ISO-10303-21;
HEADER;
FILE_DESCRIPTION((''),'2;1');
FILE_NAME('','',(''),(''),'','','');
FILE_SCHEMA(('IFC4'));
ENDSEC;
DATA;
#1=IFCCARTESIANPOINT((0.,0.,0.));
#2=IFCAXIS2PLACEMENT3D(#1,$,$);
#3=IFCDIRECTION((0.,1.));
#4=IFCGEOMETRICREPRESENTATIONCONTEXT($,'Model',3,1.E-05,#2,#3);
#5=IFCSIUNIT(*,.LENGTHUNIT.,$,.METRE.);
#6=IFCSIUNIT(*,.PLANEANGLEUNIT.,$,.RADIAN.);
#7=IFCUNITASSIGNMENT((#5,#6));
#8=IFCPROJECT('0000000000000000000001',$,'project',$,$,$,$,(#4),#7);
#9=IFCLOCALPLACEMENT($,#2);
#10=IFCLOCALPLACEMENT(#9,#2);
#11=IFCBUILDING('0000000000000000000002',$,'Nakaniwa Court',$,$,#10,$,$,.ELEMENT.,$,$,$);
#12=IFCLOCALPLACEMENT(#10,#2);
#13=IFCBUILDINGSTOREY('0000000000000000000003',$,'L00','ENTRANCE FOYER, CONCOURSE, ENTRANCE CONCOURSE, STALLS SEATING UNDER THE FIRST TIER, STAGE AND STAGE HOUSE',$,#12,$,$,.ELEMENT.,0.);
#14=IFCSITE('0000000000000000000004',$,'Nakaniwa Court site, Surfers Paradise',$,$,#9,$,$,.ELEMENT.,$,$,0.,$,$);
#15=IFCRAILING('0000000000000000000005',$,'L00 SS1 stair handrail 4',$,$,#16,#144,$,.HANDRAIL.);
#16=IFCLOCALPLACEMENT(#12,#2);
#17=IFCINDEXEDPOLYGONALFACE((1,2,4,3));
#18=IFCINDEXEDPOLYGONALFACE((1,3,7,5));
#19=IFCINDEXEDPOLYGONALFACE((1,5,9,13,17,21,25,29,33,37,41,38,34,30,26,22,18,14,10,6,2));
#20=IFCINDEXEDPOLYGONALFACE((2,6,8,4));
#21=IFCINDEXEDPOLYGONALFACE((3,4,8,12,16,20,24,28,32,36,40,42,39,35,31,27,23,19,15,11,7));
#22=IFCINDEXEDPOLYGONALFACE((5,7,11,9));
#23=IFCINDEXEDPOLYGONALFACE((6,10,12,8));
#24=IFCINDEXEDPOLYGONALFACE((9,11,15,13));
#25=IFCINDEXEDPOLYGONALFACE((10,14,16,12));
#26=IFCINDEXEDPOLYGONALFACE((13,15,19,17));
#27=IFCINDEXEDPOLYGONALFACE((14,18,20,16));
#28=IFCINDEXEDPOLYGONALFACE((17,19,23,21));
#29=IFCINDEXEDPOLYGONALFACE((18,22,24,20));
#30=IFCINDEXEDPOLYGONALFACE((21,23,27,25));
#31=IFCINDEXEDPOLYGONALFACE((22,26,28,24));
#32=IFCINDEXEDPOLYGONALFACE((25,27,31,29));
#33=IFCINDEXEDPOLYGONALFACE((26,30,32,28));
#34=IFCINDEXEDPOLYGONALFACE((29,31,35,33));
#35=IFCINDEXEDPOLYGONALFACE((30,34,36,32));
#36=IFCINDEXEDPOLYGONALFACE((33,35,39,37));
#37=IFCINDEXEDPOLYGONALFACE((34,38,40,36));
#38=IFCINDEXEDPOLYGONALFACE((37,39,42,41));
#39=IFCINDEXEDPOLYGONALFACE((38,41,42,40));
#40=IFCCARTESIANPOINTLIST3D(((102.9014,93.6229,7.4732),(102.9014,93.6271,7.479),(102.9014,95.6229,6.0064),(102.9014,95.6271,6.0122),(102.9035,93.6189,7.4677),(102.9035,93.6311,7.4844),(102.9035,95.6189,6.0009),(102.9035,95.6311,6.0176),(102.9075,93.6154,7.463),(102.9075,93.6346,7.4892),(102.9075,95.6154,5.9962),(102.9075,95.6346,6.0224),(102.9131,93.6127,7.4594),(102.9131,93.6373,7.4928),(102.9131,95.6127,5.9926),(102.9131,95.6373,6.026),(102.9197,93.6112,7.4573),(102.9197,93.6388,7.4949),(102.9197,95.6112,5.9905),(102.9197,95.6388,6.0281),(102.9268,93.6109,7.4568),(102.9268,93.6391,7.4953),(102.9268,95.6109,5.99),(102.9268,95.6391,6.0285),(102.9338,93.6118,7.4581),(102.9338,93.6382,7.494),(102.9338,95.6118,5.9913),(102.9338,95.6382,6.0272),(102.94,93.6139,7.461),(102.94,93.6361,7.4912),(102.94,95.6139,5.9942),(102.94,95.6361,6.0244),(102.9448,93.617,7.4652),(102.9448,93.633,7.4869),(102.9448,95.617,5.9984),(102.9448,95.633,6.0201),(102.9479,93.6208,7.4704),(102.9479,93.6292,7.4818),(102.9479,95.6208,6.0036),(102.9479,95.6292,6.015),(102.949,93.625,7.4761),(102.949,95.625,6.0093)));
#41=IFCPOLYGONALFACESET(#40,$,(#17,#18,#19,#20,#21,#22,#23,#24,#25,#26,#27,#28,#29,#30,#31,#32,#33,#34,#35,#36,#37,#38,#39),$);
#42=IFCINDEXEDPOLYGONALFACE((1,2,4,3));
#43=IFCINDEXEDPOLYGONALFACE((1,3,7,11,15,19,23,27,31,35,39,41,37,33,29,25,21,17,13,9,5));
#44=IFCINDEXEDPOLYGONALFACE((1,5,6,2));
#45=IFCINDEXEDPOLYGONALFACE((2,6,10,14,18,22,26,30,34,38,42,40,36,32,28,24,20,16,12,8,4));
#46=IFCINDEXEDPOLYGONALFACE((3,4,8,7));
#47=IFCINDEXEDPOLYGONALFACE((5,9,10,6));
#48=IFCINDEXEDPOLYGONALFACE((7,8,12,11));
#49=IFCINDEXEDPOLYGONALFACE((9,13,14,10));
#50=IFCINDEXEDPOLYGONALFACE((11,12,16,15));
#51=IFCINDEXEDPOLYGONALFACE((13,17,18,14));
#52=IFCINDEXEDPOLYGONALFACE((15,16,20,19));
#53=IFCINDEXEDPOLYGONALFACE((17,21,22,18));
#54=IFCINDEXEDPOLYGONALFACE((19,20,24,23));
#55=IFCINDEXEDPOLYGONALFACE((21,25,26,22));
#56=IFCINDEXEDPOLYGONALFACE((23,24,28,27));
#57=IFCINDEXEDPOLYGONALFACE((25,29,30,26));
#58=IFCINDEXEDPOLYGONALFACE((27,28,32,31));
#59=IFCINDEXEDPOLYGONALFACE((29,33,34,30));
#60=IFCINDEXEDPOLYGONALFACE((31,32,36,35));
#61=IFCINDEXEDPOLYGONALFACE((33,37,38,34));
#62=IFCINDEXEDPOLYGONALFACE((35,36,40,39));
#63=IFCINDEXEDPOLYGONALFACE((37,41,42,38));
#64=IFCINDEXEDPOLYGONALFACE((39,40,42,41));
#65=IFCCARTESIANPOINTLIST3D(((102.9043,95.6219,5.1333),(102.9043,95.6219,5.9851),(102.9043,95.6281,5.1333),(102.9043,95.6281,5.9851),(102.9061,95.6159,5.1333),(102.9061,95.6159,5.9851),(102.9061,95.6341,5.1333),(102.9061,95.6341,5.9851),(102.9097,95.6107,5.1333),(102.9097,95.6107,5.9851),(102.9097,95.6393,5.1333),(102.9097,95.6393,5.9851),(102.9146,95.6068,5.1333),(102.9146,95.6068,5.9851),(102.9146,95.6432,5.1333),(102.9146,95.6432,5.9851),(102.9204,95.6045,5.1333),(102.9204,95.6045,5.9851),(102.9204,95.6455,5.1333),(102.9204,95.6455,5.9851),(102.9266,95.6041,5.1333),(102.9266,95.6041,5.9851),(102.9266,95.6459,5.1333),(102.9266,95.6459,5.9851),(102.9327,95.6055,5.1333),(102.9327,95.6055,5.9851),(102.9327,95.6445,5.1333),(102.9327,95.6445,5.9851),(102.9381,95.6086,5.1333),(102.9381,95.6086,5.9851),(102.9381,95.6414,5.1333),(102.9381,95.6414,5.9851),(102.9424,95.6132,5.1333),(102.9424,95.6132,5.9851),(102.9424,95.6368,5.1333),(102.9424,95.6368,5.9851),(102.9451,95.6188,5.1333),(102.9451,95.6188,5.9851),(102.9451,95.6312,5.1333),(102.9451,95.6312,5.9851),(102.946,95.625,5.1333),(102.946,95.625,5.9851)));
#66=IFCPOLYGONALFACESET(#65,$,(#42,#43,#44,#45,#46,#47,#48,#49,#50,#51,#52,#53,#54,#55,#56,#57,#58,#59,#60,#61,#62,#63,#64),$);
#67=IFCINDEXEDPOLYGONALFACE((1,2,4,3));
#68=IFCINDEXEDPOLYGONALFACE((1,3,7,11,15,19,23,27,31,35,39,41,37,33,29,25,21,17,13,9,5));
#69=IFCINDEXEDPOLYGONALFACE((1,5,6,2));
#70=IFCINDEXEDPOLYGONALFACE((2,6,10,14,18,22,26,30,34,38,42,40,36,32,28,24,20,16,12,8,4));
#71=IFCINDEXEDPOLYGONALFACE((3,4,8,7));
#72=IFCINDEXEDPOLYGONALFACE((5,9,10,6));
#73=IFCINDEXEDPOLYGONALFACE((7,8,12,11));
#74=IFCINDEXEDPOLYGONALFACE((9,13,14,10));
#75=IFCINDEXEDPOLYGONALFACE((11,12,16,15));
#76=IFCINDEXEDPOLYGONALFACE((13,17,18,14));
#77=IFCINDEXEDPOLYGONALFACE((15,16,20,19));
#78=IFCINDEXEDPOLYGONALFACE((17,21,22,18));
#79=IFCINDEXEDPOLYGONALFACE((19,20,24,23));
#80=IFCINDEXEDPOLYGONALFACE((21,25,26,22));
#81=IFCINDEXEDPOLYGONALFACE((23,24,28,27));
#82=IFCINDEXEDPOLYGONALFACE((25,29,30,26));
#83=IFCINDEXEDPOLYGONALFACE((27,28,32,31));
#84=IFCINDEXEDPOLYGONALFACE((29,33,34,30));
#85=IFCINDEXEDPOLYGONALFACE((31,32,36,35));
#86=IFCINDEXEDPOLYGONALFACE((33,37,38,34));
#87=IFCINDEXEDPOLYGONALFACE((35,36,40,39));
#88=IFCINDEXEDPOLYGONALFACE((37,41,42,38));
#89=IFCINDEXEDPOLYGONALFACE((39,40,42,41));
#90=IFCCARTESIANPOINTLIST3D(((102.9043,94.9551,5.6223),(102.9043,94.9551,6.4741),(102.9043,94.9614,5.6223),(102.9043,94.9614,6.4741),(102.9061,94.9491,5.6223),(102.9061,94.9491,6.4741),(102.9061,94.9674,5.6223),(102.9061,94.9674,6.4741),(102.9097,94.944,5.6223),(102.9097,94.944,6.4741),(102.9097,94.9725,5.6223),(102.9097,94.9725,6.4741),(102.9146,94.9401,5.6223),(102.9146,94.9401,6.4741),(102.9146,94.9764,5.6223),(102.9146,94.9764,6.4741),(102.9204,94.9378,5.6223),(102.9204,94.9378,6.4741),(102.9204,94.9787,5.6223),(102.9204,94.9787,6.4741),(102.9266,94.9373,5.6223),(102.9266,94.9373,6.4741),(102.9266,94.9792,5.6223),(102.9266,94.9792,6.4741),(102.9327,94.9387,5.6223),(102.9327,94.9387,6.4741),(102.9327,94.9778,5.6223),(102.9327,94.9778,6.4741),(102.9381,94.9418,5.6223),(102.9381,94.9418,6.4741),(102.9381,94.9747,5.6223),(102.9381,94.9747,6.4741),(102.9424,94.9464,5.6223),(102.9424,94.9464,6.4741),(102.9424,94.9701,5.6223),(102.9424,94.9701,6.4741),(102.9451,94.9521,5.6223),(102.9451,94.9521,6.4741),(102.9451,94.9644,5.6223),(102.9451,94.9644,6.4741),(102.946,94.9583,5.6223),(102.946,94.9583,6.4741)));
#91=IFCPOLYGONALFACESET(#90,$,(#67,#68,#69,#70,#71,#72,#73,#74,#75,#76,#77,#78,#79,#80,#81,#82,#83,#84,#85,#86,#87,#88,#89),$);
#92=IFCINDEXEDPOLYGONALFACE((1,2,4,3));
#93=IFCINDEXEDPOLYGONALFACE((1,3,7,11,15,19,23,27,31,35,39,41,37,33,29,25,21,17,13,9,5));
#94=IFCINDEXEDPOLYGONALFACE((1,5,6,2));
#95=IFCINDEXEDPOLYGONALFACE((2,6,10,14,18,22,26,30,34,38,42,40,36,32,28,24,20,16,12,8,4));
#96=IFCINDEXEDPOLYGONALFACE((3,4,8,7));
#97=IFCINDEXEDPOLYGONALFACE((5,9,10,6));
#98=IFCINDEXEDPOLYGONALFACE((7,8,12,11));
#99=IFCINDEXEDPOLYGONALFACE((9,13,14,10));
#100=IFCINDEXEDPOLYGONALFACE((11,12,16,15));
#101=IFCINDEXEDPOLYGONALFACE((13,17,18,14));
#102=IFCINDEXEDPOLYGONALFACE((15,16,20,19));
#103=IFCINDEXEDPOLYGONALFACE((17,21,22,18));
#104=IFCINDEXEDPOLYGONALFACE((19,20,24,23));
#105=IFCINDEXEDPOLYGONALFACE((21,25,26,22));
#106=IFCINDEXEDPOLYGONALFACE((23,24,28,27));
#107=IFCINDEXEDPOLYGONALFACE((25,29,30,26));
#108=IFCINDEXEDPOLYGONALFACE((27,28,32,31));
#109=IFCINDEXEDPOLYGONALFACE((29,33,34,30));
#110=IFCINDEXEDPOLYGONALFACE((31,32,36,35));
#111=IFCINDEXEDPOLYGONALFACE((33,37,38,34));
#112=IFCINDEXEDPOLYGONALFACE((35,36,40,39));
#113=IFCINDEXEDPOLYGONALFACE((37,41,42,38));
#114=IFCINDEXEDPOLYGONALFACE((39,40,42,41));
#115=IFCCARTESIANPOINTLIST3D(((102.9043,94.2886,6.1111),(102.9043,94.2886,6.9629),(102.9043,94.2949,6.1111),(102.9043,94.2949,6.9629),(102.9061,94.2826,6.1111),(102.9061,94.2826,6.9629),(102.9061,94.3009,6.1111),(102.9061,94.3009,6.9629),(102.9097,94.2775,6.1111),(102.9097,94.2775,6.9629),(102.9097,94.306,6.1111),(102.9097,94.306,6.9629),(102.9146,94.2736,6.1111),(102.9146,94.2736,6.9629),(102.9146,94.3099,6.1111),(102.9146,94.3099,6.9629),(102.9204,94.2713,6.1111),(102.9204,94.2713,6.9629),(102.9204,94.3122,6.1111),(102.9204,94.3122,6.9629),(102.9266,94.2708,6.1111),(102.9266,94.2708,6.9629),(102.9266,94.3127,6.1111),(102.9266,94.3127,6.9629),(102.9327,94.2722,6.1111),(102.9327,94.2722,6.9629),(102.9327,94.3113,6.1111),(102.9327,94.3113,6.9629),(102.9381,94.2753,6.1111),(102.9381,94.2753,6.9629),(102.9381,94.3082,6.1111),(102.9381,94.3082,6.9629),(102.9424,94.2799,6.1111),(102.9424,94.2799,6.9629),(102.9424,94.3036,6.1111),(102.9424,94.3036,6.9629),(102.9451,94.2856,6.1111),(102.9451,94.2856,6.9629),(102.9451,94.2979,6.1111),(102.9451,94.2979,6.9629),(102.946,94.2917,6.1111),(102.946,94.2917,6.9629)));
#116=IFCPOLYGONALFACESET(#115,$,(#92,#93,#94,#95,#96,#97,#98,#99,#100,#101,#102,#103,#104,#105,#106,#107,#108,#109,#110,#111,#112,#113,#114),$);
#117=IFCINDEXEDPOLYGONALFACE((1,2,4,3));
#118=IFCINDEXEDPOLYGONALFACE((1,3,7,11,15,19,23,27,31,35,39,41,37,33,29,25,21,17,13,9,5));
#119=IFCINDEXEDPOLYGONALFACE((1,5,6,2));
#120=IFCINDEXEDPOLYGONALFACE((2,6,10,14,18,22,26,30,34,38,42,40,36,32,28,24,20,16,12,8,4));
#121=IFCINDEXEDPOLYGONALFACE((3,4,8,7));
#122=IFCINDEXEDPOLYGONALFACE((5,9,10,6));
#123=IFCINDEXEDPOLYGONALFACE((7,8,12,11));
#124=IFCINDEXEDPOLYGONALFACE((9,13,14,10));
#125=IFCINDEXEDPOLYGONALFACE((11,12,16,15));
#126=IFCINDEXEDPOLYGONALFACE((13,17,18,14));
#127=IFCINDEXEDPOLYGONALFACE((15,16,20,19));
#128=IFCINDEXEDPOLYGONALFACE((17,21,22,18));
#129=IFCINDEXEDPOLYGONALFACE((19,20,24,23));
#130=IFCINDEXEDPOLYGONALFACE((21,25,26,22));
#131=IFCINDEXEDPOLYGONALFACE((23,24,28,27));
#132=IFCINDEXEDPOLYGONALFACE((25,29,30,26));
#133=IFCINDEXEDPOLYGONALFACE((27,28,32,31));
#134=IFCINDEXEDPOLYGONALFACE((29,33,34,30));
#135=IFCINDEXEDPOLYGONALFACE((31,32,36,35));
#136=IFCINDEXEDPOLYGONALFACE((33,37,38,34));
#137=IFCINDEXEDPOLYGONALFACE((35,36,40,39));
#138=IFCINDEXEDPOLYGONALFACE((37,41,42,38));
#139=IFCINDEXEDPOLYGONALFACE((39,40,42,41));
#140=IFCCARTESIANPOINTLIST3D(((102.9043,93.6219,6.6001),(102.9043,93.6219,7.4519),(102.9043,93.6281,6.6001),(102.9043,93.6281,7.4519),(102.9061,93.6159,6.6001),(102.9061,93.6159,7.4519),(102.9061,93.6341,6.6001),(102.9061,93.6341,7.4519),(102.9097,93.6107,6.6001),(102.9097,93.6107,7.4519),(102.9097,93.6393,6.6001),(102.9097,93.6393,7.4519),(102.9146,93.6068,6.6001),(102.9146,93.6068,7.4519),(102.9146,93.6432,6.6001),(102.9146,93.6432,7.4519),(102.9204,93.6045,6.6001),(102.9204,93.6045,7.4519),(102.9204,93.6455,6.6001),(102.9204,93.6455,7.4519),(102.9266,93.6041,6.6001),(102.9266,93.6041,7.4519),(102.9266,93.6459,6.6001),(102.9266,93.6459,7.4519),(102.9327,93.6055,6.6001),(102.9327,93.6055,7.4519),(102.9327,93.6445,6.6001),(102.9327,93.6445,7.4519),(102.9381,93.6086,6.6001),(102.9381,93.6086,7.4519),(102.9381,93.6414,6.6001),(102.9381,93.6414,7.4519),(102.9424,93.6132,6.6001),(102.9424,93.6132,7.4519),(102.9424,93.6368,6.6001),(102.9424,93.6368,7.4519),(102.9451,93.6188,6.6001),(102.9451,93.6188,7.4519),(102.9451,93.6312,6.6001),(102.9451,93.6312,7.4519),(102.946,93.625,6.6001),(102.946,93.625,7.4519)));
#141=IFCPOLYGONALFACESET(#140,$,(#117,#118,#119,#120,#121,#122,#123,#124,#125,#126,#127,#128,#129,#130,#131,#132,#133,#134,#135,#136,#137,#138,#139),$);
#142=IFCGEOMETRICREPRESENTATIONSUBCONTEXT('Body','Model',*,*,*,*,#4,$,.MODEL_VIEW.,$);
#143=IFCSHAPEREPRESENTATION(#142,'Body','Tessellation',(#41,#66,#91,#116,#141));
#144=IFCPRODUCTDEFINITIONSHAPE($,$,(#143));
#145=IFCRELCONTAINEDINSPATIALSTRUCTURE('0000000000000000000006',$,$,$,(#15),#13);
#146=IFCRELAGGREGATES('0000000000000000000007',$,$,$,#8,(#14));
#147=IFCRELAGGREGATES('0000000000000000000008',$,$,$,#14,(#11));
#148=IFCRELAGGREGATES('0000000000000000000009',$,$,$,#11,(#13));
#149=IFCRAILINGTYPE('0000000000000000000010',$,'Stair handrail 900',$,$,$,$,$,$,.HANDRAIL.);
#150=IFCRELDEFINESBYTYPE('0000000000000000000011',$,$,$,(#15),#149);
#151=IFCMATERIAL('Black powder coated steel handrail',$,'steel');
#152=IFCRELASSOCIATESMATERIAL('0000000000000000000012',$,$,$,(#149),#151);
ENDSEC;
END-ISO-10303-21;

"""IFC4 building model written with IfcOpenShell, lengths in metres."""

from ifc_helpers import new_model, si_unit, direction, frame, origin, origin_2d, place, context, subcontext, project, spatial, circle, extrude, material, type_object, element, save


model = new_model("IFC4")

# Units and contexts
model_context = context("Model", 3, precision=1e-05, world=origin(), true_north=direction((0.0, 1.0)))
body_context = subcontext(model_context, "Body", "Model", "MODEL_VIEW")
ifc_project = project(units=[si_unit("LENGTHUNIT", "METRE"), si_unit("PLANEANGLEUNIT", "RADIAN")], contexts=[model_context])

# Site, building, storey
site_placement = place(None, origin())
site = spatial("IfcSite", under=ifc_project, at=site_placement, Name="Nakaniwa Court site, Surfers Paradise", CompositionType="ELEMENT", RefElevation=0.0)
building_placement = place(site_placement, origin())
building = spatial("IfcBuilding", under=site, at=building_placement, Name="Nakaniwa Court", CompositionType="ELEMENT")
storey_placement = place(building_placement, origin())
storey = spatial("IfcBuildingStorey", under=building, at=storey_placement, Name="L00", Description="ENTRANCE FOYER, CONCOURSE, ENTRANCE CONCOURSE, STALLS SEATING UNDER THE FIRST TIER, STAGE AND STAGE HOUSE", CompositionType="ELEMENT", Elevation=0.0)

# Railing
ifc_material_1 = material(Name="Black powder coated steel handrail", Category="steel")
railing_type = type_object("IfcRailingType", Name="Stair handrail 900", PredefinedType="HANDRAIL", material=ifc_material_1)
for number, where, name in (
    (1, (102.925, 95.625, 5.1333), "L00 SS1 stair handrail 4"),
):
    element("IfcRailing", number, at=place(storey_placement, frame(where)), inside=storey, type_object=railing_type, Name=name, PredefinedType="HANDRAIL", context=body_context, shape_type="SweptSolid", body=[
        extrude(circle(Radius=0.0239, at=origin_2d()), frame((0.0, 0.0, 0.876), z_axis=(0.0, -0.80638, 0.591398), x_axis=(1.0, 0.0, 0.0)), (0.0, 0.0, 1.0), 2.4802),
        extrude(circle(Radius=0.021, at=origin_2d()), origin(), (0.0, 0.0, 1.0), 0.8518),
        extrude(circle(Radius=0.021, at=origin_2d()), frame((0.0, -0.6667, 0.489)), (0.0, 0.0, 1.0), 0.8518),
        extrude(circle(Radius=0.021, at=origin_2d()), frame((0.0, -1.3333, 0.9778)), (0.0, 0.0, 1.0), 0.8518),
        extrude(circle(Radius=0.021, at=origin_2d()), frame((0.0, -2.0, 1.4668)), (0.0, 0.0, 1.0), 0.8518),
    ])

save(model, "model.ifc")
